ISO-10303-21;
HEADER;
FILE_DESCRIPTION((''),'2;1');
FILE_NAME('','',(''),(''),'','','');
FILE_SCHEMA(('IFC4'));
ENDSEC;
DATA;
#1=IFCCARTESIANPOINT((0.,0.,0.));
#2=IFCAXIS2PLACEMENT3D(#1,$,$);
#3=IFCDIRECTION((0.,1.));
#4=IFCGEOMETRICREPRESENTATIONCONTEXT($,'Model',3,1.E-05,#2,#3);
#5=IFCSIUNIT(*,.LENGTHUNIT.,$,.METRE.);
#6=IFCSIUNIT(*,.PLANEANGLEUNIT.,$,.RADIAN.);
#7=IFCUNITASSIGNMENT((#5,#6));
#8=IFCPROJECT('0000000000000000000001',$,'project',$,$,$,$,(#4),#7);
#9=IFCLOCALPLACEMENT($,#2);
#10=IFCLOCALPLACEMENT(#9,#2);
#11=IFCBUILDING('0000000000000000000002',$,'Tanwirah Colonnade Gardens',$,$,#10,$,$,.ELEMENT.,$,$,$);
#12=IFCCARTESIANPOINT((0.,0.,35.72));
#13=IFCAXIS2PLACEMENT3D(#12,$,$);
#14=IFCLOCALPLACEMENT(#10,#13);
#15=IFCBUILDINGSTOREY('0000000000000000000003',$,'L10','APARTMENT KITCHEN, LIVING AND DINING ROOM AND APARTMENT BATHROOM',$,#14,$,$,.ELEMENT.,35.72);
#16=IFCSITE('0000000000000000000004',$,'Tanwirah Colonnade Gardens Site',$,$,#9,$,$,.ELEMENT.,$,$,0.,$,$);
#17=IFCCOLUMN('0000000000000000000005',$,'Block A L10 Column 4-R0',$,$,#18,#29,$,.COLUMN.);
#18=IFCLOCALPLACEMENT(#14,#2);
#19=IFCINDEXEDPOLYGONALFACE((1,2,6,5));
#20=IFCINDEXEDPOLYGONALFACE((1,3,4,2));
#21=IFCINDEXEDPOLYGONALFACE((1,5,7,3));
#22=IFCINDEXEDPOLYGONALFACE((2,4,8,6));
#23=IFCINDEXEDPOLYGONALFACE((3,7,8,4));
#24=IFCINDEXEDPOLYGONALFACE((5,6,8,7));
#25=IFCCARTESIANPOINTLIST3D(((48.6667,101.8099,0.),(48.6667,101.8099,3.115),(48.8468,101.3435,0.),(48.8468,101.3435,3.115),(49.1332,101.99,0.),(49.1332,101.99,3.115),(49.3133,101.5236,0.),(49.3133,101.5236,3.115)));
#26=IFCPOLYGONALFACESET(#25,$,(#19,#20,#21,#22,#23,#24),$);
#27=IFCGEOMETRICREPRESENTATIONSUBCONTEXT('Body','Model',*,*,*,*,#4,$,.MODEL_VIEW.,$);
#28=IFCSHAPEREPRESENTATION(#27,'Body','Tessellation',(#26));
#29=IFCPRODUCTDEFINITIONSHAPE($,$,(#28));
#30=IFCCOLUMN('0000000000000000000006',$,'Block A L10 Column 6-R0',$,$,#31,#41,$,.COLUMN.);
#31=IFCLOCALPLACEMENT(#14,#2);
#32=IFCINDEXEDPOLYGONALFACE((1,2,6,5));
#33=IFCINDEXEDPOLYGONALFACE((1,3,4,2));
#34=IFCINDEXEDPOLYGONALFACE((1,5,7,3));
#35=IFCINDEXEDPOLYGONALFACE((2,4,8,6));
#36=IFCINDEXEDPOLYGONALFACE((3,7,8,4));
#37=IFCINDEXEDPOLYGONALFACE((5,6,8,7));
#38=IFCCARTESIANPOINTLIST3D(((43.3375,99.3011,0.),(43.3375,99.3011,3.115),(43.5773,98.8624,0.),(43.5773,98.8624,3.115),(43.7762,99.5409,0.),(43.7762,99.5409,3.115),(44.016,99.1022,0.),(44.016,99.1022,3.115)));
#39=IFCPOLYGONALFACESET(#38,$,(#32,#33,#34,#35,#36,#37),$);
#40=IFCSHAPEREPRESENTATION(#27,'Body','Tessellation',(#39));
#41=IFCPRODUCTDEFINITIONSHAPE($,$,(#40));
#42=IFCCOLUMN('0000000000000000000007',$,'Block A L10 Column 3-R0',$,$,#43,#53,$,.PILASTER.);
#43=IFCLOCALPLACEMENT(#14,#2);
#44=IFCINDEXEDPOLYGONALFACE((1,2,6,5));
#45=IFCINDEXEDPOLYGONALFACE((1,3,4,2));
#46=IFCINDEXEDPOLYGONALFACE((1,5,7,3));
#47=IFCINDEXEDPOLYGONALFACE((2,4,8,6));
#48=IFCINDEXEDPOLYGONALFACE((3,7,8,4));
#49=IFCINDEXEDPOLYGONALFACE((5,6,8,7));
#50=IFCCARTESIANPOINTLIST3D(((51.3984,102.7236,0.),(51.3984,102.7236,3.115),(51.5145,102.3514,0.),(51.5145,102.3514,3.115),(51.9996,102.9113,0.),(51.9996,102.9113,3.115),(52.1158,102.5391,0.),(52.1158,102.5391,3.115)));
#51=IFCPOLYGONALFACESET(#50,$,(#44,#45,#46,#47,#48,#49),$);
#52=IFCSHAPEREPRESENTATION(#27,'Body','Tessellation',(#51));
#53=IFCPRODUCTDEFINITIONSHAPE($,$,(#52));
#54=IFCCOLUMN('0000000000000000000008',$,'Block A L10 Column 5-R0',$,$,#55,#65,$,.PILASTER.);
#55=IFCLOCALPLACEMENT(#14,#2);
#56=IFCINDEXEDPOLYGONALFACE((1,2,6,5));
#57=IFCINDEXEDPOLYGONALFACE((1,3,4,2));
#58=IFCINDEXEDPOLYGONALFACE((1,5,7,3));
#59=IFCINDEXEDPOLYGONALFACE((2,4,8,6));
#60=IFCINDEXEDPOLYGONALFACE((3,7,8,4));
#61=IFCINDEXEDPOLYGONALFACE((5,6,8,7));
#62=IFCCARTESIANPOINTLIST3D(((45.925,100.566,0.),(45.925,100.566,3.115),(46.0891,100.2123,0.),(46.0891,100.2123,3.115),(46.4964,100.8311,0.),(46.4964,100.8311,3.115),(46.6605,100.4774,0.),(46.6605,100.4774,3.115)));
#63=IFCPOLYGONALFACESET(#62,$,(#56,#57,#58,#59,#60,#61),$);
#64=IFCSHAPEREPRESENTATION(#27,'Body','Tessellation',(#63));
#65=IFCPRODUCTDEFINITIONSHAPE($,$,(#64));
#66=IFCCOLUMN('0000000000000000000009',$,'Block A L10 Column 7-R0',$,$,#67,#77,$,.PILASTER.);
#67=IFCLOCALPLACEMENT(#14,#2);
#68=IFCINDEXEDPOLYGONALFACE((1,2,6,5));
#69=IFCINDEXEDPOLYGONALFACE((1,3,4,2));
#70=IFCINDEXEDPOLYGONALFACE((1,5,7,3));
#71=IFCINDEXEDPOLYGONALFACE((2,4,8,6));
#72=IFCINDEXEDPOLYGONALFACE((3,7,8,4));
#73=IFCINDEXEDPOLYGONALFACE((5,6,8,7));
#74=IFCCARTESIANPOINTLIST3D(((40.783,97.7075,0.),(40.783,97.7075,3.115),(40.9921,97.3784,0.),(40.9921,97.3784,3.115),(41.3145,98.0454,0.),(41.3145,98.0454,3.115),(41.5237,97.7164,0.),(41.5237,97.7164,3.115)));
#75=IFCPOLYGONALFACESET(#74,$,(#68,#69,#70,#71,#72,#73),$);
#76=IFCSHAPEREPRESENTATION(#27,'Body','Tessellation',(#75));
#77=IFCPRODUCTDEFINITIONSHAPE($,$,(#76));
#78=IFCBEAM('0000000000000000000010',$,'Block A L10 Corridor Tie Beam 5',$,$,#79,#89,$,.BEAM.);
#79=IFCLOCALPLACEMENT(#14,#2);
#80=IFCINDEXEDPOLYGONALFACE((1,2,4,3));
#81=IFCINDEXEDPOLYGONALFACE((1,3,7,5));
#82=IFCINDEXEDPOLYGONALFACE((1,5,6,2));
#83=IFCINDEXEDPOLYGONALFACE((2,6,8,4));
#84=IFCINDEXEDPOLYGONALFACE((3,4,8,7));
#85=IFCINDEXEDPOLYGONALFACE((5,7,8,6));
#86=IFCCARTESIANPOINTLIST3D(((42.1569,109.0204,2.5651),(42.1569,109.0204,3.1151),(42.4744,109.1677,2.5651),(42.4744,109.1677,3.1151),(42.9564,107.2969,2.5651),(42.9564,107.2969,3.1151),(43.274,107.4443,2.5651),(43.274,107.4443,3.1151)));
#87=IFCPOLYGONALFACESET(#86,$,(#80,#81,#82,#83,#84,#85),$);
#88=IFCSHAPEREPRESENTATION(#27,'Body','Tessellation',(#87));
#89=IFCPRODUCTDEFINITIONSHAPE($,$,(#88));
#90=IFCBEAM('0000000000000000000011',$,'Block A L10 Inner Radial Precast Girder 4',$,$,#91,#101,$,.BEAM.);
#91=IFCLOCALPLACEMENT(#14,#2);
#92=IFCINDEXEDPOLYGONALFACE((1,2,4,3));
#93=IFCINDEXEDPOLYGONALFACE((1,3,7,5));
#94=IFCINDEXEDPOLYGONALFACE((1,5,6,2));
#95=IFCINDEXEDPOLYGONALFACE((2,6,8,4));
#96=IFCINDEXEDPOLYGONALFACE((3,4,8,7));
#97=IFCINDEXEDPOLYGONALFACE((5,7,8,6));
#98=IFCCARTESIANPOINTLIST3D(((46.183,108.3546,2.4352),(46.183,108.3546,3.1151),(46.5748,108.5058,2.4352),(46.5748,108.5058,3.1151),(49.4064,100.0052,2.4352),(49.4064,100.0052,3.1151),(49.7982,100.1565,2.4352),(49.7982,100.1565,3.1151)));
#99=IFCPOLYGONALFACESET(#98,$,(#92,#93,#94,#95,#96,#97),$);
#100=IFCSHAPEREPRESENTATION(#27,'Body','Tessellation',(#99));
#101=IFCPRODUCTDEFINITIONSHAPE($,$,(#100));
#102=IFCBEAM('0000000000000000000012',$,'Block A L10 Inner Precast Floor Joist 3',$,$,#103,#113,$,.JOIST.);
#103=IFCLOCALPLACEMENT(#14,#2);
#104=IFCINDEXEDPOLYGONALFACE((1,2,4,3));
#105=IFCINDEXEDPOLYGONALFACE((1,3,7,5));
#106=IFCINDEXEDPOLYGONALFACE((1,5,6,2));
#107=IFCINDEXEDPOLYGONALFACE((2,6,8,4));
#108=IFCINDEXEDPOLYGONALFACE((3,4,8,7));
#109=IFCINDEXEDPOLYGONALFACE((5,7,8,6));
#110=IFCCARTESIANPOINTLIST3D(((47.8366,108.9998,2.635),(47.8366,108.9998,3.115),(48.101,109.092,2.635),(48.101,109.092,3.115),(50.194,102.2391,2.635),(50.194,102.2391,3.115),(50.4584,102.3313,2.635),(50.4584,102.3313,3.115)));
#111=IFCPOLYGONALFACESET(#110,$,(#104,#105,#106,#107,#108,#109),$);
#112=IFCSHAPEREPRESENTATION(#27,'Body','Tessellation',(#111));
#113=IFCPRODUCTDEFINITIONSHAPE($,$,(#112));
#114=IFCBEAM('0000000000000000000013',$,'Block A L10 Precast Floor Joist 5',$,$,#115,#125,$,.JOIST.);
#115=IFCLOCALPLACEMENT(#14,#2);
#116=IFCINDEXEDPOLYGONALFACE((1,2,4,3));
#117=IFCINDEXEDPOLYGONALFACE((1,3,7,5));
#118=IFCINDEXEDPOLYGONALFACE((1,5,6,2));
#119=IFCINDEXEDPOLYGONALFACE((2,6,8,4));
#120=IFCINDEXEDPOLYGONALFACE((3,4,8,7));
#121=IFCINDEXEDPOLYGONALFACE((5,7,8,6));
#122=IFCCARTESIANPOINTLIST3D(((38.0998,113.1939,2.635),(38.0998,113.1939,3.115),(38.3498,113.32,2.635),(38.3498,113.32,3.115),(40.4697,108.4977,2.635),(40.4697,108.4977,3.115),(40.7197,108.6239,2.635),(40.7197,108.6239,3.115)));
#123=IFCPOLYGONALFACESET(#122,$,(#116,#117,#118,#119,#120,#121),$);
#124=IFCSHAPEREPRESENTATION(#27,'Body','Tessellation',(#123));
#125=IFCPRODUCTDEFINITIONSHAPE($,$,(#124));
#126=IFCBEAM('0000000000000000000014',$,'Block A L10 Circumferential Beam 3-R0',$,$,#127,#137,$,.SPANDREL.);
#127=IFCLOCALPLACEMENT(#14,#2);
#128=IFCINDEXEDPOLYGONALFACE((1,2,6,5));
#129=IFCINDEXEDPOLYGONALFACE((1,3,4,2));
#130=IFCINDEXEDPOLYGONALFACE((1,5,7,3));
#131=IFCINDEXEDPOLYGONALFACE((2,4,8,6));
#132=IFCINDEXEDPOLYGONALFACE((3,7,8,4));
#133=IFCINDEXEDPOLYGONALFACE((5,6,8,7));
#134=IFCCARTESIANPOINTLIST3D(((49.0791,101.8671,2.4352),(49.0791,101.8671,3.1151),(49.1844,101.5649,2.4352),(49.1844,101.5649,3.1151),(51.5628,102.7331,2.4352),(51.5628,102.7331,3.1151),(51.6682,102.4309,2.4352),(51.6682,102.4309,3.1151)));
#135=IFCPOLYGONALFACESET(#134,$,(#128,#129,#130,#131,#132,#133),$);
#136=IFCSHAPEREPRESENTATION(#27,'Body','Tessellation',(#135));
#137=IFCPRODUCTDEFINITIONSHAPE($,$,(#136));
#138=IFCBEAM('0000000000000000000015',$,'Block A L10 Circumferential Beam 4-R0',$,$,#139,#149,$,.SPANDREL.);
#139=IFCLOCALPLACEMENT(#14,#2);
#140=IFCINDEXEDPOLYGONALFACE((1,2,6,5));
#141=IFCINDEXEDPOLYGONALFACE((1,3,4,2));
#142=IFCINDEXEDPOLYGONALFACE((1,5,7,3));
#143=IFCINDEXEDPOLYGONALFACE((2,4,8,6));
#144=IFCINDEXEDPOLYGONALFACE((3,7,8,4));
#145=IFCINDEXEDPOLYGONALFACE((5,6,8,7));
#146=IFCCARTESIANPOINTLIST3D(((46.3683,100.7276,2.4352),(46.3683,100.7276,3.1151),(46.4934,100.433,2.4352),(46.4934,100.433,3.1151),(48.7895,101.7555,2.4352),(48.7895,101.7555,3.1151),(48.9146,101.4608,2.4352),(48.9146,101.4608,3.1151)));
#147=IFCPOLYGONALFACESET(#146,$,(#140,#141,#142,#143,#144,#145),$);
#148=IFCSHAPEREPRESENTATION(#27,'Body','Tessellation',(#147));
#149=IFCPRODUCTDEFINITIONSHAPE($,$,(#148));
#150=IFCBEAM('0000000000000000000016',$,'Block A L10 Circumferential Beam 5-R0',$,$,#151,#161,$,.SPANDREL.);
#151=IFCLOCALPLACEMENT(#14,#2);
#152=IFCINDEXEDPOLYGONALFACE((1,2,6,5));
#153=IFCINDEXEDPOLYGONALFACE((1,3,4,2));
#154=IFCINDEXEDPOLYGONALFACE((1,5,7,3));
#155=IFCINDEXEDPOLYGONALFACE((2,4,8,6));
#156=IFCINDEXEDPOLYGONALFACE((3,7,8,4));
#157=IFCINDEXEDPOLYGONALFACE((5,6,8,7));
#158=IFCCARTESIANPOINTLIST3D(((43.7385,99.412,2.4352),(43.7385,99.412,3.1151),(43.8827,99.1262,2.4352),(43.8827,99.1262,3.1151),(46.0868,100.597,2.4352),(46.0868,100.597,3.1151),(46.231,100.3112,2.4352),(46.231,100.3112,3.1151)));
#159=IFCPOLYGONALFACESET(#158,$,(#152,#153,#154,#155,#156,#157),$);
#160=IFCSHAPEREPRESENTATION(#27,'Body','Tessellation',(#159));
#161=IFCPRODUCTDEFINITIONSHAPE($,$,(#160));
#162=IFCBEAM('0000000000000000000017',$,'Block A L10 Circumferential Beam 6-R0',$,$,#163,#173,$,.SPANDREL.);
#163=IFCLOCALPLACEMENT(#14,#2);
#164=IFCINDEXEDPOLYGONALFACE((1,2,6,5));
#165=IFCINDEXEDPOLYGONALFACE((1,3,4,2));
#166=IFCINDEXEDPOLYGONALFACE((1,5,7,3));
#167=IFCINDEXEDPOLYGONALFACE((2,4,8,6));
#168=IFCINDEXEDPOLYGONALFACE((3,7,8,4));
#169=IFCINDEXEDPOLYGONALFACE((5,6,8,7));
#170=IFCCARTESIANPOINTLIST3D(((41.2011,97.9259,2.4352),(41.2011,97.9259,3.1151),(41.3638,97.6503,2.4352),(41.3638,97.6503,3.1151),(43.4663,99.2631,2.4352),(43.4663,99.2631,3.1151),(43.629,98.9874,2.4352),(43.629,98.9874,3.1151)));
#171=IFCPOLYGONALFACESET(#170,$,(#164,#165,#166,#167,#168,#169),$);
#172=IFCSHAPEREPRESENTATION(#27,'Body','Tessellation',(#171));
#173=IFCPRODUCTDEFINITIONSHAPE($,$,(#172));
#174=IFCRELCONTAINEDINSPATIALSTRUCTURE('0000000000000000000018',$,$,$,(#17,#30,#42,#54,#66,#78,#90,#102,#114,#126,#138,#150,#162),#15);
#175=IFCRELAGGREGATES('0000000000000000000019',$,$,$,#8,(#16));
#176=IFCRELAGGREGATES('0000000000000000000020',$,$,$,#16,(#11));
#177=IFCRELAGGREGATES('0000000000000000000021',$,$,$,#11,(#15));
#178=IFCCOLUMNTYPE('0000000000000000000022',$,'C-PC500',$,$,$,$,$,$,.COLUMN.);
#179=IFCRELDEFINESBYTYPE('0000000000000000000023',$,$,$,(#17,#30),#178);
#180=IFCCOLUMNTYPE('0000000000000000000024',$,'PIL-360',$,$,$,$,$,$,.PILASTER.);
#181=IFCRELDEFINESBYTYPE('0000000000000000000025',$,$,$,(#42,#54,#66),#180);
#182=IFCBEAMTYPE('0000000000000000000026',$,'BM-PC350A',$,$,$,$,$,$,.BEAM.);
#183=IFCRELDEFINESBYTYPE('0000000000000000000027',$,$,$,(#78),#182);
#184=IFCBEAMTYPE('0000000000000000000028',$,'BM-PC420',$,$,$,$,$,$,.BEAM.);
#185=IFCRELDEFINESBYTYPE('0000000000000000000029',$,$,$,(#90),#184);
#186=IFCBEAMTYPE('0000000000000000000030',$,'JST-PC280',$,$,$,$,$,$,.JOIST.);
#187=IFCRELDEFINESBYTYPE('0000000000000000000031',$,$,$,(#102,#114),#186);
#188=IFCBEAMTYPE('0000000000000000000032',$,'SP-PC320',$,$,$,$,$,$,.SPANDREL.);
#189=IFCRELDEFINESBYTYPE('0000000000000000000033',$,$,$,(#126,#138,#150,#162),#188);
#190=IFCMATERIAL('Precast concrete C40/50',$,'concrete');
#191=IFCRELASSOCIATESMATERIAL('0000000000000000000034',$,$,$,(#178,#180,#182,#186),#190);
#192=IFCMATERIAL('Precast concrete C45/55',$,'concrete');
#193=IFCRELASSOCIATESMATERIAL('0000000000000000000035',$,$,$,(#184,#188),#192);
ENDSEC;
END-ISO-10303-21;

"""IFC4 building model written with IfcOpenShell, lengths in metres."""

from ifc_helpers import new_model, si_unit, direction, frame, origin, origin_2d, place, context, subcontext, project, spatial, rectangle, extrude, material, material_profile, profile_set, type_object, element, save


model = new_model("IFC4")

# Units and contexts
model_context = context("Model", 3, precision=1e-05, world=origin(), true_north=direction((0.0, 1.0)))
body_context = subcontext(model_context, "Body", "Model", "MODEL_VIEW")
ifc_project = project(units=[si_unit("LENGTHUNIT", "METRE"), si_unit("PLANEANGLEUNIT", "RADIAN")], contexts=[model_context])

# Site, building, storey
site_placement = place(None, origin())
site = spatial("IfcSite", under=ifc_project, at=site_placement, Name="Tanwirah Colonnade Gardens Site", CompositionType="ELEMENT", RefElevation=0.0)
building_placement = place(site_placement, origin())
building = spatial("IfcBuilding", under=site, at=building_placement, Name="Tanwirah Colonnade Gardens", CompositionType="ELEMENT")
storey_placement = place(building_placement, frame((0.0, 0.0, 35.72)))
storey = spatial("IfcBuildingStorey", under=building, at=storey_placement, Name="L10", Description="APARTMENT KITCHEN, LIVING AND DINING ROOM AND APARTMENT BATHROOM", CompositionType="ELEMENT", Elevation=35.72)

# Columns
ifc_material_1 = material(Name="Precast concrete C40/50", Category="concrete")
ifc_material_profile_1 = material_profile(ifc_material_1, rectangle(XDim=0.5, YDim=0.5, at=origin_2d()), Name="PC-COL 500x500")
ifc_profile_set_1 = profile_set([ifc_material_profile_1], Name="Precast concrete C40/50")
column_type_1 = type_object("IfcColumnType", Name="C-PC500", PredefinedType="COLUMN", material=ifc_profile_set_1)
for number, where, z_axis, x_axis, name in (
    (1, (48.99, 101.6667, 0.0), (0.0, 0.0, 1.0), (-0.360178, 0.932884, 0.0), "Block A L10 Column 4-R0"),
    (2, (43.6768, 99.2017, 0.0), (0.0, 0.0, 1.0), (-0.479713, 0.877425, 0.0), "Block A L10 Column 6-R0"),
):
    element("IfcColumn", number, at=place(storey_placement, frame(where, z_axis=z_axis, x_axis=x_axis)), inside=storey, type_object=column_type_1, Name=name, PredefinedType="COLUMN", context=body_context, shape_type="SweptSolid", body=[
        extrude(rectangle(XDim=0.5, YDim=0.5, at=origin_2d()), origin(), (0.0, 0.0, 1.0), 3.115),
    ])
ifc_material_profile_2 = material_profile(ifc_material_1, rectangle(XDim=0.3899, YDim=0.6299, at=origin_2d()), Name="PC-PIL 390x630")
ifc_profile_set_2 = profile_set([ifc_material_profile_2], Name="Precast concrete C40/50")
column_type_2 = type_object("IfcColumnType", Name="PIL-360", PredefinedType="PILASTER", material=ifc_profile_set_2)
for number, where, z_axis, x_axis, name in (
    (3, (51.7571, 102.6313, 0.0), (0.0, 0.0, 1.0), (-0.29793, 0.954588, 0.0), "Block A L10 Column 3-R0"),
    (4, (46.2927, 100.5217, 0.0), (0.0, 0.0, 1.0), (-0.42086, 0.907126, 0.0), "Block A L10 Column 5-R0"),
    (5, (41.1533, 97.7119, 0.0), (0.0, 0.0, 1.0), (-0.536482, 0.843912, 0.0), "Block A L10 Column 7-R0"),
):
    element("IfcColumn", number, at=place(storey_placement, frame(where, z_axis=z_axis, x_axis=x_axis)), inside=storey, type_object=column_type_2, Name=name, PredefinedType="PILASTER", context=body_context, shape_type="SweptSolid", body=[
        extrude(rectangle(XDim=0.3899, YDim=0.6299, at=origin_2d()), origin(), (0.0, 0.0, 1.0), 3.115),
    ])

# Beams
ifc_material_profile_3 = material_profile(ifc_material_1, rectangle(XDim=0.3501, YDim=0.55, at=origin_2d()), Name="PC-BM 350x550")
ifc_profile_set_3 = profile_set([ifc_material_profile_3], Name="Precast concrete C40/50")
beam_type_1 = type_object("IfcBeamType", Name="BM-PC350A", PredefinedType="BEAM", material=ifc_profile_set_3)
beam_1_placement = place(storey_placement, frame((43.1152, 107.3706, 2.8401), z_axis=(-0.420858, 0.907126, 0.0), x_axis=(-0.907126, -0.420858, 0.0)))
element("IfcBeam", 6, at=beam_1_placement, inside=storey, type_object=beam_type_1, Name="Block A L10 Corridor Tie Beam 5", PredefinedType="BEAM", context=body_context, shape_type="SweptSolid", body=[
    extrude(rectangle(XDim=0.3501, YDim=0.55, at=origin_2d()), origin(), (0.0, 0.0, 1.0), 1.8999),
])
ifc_material_2 = material(Name="Precast concrete C45/55", Category="concrete")
ifc_material_profile_4 = material_profile(ifc_material_2, rectangle(XDim=0.4199, YDim=0.6799, at=origin_2d()), Name="PC-BM 420x680")
ifc_profile_set_4 = profile_set([ifc_material_profile_4], Name="Precast concrete C45/55")
beam_type_2 = type_object("IfcBeamType", Name="BM-PC420", PredefinedType="BEAM", material=ifc_profile_set_4)
beam_2_placement = place(storey_placement, frame((46.3789, 108.4302, 2.7751), z_axis=(0.360156, -0.932892, 0.0), x_axis=(0.932892, 0.360156, 0.0)))
element("IfcBeam", 7, at=beam_2_placement, inside=storey, type_object=beam_type_2, Name="Block A L10 Inner Radial Precast Girder 4", PredefinedType="BEAM", context=body_context, shape_type="SweptSolid", body=[
    extrude(rectangle(XDim=0.4199, YDim=0.6799, at=origin_2d()), origin(), (0.0, 0.0, 1.0), 8.95),
])
ifc_material_profile_5 = material_profile(ifc_material_1, rectangle(XDim=0.28, YDim=0.48, at=origin_2d()), Name="PC-JST 280x480")
ifc_profile_set_5 = profile_set([ifc_material_profile_5], Name="Precast concrete C40/50")
beam_type_3 = type_object("IfcBeamType", Name="JST-PC280", PredefinedType="JOIST", material=ifc_profile_set_5)
beam_3_placement = place(storey_placement, frame((50.3262, 102.2852, 2.875), z_axis=(-0.329251, 0.944243, 0.0), x_axis=(-0.944243, -0.329251, 0.0)))
element("IfcBeam", 8, at=beam_3_placement, inside=storey, type_object=beam_type_3, Name="Block A L10 Inner Precast Floor Joist 3", PredefinedType="JOIST", context=body_context, shape_type="SweptSolid", body=[
    extrude(rectangle(XDim=0.28, YDim=0.48, at=origin_2d()), origin(), (0.0, 0.0, 1.0), 7.1599),
])
beam_4_placement = place(storey_placement, frame((40.5947, 108.5608, 2.875), z_axis=(-0.450534, 0.892759, 0.0), x_axis=(-0.892759, -0.450534, 0.0)))
element("IfcBeam", 9, at=beam_4_placement, inside=storey, type_object=beam_type_3, Name="Block A L10 Precast Floor Joist 5", PredefinedType="JOIST", context=body_context, shape_type="SweptSolid", body=[
    extrude(rectangle(XDim=0.28, YDim=0.48, at=origin_2d()), origin(), (0.0, 0.0, 1.0), 5.2603),
])
ifc_material_profile_6 = material_profile(ifc_material_2, rectangle(XDim=0.3201, YDim=0.6799, at=origin_2d()), Name="PC-SP 320x680")
ifc_profile_set_6 = profile_set([ifc_material_profile_6], Name="Precast concrete C45/55")
beam_type_4 = type_object("IfcBeamType", Name="SP-PC320", PredefinedType="SPANDREL", material=ifc_profile_set_6)
for number, where, z_axis, x_axis, name in (
    (10, (51.6155, 102.582, 2.7751), (-0.94425, -0.32923, 0.0), (0.32923, -0.94425, 0.0), "Block A L10 Circumferential Beam 3-R0"),
    (11, (48.8521, 101.6082, 2.7751), (-0.920489, -0.390769, 0.0), (0.390769, -0.920489, 0.0), "Block A L10 Circumferential Beam 4-R0"),
    (12, (46.1589, 100.4541, 2.7751), (-0.892769, -0.450515, 0.0), (0.450515, -0.892769, 0.0), "Block A L10 Circumferential Beam 5-R0"),
    (13, (43.5476, 99.1252, 2.7751), (-0.861148, -0.508354, 0.0), (0.508354, -0.861148, 0.0), "Block A L10 Circumferential Beam 6-R0"),
):
    element("IfcBeam", number, at=place(storey_placement, frame(where, z_axis=z_axis, x_axis=x_axis)), inside=storey, type_object=beam_type_4, Name=name, PredefinedType="SPANDREL", context=body_context, shape_type="SweptSolid", body=[
        extrude(rectangle(XDim=0.3201, YDim=0.6799, at=origin_2d()), origin(), (0.0, 0.0, 1.0), 2.6304),
    ])

save(model, "model.ifc")
